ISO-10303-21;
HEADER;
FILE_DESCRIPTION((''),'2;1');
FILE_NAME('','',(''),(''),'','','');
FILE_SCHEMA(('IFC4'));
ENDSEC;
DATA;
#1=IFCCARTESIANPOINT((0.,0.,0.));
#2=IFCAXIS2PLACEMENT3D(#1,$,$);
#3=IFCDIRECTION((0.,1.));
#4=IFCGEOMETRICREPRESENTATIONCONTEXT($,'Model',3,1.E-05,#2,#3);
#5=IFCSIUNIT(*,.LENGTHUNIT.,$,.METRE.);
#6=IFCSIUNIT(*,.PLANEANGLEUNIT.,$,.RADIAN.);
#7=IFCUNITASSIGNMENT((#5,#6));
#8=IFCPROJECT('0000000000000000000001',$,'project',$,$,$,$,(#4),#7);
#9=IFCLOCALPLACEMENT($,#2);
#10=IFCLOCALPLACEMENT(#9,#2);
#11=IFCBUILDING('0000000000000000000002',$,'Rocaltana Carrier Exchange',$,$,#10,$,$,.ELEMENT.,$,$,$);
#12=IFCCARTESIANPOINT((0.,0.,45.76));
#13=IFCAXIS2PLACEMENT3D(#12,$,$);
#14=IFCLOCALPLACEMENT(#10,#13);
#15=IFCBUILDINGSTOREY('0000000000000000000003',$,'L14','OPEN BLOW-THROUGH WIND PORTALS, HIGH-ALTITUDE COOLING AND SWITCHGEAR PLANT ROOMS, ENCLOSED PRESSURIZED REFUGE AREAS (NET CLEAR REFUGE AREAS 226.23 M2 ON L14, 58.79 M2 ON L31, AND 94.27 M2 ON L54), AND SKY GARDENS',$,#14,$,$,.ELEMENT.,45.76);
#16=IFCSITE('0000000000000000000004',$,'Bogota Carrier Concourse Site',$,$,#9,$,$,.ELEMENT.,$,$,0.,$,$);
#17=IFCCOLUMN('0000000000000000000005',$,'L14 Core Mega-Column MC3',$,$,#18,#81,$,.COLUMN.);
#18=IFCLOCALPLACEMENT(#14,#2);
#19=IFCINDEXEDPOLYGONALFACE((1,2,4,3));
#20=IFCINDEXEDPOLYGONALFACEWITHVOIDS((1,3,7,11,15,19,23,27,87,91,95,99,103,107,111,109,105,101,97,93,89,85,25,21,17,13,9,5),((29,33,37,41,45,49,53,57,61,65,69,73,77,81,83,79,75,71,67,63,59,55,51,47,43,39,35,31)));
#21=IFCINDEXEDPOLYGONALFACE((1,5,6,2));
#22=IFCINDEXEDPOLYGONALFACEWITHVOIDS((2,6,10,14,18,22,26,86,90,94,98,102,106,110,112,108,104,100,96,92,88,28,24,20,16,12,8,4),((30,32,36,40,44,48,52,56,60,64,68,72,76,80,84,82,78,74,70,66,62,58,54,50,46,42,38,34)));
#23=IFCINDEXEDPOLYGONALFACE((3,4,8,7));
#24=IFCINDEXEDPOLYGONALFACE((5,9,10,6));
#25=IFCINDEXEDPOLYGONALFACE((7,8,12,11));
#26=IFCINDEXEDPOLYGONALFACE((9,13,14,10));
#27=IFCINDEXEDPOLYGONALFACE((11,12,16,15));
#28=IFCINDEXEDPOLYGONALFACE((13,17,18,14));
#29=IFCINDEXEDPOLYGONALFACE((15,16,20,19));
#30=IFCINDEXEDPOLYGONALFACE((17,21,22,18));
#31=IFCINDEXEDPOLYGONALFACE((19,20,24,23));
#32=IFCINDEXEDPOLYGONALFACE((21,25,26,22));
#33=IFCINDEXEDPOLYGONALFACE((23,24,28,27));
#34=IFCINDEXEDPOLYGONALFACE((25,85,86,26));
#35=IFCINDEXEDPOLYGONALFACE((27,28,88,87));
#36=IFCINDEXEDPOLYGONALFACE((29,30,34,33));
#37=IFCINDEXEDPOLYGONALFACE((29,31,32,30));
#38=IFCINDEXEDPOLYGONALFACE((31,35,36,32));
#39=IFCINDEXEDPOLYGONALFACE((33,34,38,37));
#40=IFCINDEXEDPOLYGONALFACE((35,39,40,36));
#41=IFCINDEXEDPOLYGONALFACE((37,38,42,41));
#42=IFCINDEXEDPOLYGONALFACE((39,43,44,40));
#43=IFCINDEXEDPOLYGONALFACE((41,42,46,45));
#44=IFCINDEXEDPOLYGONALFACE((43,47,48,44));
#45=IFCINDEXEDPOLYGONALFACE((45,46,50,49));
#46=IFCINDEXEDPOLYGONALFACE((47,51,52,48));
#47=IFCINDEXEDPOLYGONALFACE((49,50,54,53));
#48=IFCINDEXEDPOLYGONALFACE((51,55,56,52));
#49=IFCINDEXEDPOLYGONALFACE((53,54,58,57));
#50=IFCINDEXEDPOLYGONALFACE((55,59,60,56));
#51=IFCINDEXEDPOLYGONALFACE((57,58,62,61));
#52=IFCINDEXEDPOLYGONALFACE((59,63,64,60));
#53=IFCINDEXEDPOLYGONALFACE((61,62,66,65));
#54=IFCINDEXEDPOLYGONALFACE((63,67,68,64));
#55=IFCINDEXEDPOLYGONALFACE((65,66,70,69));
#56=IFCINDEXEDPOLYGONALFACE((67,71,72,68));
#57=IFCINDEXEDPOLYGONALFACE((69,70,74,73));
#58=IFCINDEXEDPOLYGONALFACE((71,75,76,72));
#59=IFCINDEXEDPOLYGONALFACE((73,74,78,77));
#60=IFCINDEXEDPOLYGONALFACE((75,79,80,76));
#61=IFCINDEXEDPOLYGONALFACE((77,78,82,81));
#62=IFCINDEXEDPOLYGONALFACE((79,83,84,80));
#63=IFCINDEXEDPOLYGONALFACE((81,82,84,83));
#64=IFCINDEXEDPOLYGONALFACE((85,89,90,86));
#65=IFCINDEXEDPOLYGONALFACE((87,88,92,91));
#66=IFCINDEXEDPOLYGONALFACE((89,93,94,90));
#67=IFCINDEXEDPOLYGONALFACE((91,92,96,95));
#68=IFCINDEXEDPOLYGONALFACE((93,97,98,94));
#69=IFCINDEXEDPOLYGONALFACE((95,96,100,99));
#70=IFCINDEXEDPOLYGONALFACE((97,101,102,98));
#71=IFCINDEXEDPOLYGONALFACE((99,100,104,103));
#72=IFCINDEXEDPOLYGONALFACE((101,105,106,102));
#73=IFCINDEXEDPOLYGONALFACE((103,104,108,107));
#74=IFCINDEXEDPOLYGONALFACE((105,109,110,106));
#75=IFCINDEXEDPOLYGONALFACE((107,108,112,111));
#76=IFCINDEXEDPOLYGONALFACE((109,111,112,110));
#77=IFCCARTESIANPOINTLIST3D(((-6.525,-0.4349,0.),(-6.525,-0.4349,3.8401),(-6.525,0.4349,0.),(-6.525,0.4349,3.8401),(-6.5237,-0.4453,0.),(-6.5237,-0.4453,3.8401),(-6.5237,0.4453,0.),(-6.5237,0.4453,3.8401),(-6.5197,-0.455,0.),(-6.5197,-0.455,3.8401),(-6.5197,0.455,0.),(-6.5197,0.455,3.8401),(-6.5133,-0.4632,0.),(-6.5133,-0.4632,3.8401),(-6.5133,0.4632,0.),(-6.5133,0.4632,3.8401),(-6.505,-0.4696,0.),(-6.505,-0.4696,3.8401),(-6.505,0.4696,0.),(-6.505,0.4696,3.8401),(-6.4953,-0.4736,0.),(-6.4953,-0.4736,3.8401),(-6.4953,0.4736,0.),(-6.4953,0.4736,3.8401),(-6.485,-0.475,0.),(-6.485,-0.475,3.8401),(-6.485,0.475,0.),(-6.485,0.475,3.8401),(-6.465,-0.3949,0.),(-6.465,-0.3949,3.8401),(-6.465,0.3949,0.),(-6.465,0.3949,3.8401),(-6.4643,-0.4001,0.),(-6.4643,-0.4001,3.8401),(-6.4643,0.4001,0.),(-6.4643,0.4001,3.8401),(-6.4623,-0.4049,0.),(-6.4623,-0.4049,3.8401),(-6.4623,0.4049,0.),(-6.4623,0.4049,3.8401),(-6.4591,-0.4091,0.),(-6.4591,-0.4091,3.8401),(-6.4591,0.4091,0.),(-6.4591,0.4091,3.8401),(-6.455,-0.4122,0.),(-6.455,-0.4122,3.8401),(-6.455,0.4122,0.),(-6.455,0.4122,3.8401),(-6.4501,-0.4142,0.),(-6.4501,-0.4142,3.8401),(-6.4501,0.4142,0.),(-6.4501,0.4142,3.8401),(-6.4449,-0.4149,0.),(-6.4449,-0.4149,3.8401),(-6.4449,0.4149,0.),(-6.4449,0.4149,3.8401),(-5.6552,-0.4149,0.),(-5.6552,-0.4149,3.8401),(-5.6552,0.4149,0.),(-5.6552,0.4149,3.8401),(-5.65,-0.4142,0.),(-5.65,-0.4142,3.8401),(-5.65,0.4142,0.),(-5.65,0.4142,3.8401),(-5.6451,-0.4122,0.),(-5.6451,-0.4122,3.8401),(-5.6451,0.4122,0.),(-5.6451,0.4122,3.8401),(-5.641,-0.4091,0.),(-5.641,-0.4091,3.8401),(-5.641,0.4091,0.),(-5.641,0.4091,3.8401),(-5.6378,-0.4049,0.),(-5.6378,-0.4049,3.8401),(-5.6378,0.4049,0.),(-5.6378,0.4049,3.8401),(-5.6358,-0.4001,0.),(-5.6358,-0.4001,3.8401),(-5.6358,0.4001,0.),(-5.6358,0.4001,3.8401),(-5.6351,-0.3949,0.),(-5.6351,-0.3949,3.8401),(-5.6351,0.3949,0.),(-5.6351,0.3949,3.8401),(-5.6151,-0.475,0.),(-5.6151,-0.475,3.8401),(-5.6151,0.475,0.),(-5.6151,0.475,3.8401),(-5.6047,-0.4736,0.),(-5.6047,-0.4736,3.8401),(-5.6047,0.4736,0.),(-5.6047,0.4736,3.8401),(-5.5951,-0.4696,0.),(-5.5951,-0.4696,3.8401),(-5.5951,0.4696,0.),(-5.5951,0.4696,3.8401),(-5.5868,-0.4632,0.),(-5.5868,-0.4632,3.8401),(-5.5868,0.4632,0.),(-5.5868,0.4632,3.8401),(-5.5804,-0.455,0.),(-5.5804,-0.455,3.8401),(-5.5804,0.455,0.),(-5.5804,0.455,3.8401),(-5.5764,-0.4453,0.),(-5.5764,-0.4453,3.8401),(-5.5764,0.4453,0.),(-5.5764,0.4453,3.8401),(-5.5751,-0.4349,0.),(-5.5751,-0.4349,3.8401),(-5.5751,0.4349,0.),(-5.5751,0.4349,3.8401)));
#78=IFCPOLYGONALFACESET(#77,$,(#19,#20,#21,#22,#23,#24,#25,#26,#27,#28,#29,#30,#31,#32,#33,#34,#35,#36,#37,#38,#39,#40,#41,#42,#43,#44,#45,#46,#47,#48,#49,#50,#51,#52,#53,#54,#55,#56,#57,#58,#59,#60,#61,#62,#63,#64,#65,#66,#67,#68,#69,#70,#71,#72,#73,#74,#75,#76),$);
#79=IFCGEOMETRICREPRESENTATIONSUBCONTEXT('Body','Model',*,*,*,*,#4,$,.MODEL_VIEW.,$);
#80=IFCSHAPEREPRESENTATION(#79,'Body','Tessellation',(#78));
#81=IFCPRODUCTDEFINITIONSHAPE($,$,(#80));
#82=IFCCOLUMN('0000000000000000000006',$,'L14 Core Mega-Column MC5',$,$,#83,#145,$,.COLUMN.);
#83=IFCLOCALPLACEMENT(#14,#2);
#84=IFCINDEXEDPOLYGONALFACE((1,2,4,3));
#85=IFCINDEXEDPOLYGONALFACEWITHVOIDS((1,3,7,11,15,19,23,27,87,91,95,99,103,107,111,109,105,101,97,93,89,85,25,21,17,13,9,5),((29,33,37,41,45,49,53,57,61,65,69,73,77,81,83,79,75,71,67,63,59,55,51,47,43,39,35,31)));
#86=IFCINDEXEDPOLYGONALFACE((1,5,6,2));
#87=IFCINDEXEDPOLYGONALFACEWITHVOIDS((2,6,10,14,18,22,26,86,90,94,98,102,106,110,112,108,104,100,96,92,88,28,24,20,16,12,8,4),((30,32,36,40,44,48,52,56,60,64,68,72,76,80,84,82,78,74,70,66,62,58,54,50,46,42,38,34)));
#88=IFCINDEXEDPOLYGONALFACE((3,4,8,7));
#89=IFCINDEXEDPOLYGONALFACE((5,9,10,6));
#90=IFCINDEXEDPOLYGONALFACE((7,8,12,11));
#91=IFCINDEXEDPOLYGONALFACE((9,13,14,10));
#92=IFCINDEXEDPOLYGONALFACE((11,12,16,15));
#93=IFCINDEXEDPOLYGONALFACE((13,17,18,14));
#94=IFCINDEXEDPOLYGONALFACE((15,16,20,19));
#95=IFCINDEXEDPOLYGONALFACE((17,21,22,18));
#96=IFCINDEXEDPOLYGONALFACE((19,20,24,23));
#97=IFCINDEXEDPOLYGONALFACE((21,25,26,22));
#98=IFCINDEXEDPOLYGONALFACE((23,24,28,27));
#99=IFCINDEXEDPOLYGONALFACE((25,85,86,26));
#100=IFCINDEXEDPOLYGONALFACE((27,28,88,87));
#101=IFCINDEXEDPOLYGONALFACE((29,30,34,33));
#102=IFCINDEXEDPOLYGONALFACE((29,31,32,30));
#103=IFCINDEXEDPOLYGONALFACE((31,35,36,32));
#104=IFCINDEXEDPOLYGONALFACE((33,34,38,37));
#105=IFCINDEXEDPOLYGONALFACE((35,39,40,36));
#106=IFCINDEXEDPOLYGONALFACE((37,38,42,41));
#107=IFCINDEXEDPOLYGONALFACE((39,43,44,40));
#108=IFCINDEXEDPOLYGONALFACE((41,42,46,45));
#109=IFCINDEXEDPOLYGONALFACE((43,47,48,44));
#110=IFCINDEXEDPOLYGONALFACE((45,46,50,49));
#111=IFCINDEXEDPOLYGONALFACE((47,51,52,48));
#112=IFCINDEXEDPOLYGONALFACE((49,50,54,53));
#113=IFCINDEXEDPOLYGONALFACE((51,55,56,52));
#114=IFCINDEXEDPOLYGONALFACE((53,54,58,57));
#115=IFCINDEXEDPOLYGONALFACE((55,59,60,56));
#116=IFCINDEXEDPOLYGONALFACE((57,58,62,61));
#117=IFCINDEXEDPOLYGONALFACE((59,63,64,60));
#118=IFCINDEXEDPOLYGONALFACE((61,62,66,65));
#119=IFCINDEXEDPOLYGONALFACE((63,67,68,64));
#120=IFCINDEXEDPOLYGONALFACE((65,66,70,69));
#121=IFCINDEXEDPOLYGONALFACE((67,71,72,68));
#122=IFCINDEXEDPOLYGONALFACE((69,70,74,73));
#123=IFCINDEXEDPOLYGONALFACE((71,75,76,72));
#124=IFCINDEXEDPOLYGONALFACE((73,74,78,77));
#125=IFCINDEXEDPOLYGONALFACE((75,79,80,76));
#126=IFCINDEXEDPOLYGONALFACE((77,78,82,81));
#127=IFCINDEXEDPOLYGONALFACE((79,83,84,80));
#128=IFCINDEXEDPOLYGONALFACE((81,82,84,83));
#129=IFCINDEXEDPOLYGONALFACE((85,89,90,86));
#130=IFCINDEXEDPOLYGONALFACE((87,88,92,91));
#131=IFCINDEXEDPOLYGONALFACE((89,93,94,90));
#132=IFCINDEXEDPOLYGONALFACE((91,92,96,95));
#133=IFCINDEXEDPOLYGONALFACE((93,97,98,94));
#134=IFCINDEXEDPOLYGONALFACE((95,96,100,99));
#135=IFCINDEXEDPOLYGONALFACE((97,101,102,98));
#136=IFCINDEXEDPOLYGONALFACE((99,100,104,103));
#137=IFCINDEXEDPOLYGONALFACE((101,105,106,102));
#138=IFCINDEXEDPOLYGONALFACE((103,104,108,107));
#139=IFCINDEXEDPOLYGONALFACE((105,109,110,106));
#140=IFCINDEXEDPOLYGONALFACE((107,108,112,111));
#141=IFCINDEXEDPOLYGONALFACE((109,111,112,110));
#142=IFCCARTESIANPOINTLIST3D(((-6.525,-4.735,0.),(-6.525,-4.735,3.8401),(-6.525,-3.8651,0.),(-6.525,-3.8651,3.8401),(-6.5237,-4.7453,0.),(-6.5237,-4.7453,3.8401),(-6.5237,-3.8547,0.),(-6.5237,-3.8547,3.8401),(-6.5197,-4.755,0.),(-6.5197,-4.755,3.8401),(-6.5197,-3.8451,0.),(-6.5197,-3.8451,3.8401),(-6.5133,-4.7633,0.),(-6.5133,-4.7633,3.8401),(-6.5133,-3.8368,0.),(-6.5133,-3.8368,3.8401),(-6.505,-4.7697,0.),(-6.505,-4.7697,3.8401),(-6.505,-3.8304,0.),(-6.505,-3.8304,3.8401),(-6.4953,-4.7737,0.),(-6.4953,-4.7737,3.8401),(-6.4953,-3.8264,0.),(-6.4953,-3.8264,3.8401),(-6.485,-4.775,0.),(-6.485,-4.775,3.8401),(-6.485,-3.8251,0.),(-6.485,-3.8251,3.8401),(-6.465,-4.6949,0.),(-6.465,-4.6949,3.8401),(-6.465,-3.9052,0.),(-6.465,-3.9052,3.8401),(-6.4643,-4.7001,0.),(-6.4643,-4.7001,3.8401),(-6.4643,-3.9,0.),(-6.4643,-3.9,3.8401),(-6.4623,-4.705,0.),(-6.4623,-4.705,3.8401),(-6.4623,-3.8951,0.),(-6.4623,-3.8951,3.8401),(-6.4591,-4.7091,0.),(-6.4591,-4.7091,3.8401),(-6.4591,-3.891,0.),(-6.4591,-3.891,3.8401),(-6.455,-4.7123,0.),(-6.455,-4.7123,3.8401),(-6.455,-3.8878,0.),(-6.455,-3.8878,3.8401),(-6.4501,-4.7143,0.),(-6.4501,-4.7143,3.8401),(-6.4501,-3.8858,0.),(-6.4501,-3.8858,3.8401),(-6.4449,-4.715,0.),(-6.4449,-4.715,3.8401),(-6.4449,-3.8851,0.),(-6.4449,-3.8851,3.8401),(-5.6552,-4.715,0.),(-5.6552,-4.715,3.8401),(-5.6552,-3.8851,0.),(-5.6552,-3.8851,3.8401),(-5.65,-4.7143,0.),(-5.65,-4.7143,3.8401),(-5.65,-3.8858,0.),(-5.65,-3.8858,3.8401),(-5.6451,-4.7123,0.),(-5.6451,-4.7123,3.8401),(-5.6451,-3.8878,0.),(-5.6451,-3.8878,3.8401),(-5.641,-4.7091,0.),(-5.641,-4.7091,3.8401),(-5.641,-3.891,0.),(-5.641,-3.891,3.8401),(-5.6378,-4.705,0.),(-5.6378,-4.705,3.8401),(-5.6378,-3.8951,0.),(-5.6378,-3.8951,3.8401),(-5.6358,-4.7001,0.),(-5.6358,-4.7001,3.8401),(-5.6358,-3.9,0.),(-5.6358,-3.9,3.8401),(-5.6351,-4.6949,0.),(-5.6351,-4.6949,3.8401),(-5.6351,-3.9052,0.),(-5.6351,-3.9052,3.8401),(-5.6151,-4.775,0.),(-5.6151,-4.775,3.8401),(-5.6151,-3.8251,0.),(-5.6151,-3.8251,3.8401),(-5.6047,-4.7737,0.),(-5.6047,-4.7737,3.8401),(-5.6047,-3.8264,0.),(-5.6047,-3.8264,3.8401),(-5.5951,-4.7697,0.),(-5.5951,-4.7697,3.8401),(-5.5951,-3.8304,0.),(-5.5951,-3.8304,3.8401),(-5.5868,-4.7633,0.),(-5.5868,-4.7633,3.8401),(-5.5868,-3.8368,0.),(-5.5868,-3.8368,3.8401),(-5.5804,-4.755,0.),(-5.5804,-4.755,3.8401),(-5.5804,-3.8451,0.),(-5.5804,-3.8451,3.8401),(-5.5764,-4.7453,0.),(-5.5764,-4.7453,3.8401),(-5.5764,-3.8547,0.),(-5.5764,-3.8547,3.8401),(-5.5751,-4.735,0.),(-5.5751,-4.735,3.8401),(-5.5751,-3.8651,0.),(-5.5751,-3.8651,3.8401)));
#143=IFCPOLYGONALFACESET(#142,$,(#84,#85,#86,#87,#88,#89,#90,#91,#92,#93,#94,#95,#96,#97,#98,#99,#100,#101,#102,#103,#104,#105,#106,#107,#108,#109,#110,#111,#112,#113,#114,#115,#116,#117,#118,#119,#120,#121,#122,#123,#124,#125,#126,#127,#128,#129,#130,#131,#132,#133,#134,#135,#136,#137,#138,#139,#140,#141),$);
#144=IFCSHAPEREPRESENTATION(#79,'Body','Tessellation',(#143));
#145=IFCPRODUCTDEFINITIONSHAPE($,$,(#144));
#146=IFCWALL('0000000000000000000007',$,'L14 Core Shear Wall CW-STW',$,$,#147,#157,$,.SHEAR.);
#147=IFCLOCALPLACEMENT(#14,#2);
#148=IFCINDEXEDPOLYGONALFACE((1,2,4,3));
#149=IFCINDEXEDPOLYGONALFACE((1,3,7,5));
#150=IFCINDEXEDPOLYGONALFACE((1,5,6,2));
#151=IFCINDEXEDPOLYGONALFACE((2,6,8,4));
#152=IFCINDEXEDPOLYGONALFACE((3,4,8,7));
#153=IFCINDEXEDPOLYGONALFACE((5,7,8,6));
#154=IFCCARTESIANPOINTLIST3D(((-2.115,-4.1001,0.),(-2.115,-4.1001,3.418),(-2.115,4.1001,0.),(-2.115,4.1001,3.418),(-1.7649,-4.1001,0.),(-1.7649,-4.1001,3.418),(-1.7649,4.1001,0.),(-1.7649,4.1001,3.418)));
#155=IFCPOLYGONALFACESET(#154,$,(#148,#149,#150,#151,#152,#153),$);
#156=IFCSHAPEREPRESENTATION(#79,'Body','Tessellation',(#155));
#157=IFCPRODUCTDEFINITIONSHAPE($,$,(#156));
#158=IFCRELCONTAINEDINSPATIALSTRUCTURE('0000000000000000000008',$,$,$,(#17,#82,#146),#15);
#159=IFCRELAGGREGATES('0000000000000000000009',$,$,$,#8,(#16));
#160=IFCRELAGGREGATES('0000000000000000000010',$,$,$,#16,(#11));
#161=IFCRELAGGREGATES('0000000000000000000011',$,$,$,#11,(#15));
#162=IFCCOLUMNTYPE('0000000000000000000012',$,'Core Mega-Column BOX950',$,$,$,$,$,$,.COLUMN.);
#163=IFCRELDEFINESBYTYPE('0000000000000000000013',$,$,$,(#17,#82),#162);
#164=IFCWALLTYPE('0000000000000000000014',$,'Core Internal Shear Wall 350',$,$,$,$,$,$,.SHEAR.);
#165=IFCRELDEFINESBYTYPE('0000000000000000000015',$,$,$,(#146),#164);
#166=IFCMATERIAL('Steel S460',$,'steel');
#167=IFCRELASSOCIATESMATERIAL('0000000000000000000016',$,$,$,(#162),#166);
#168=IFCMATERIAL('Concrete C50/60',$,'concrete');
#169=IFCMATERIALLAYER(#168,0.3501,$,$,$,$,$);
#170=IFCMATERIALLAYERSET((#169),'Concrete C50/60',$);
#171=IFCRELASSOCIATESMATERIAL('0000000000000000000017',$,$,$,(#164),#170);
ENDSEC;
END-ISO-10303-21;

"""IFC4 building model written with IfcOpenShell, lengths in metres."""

from ifc_helpers import new_model, si_unit, direction, frame, frame_2d, origin, origin_2d, place, context, subcontext, project, spatial, rectangle, hollow_rectangle, extrude, material, layer, layer_set, material_profile, profile_set, type_object, element, save


model = new_model("IFC4")

# Units and contexts
model_context = context("Model", 3, precision=1e-05, world=origin(), true_north=direction((0.0, 1.0)))
body_context = subcontext(model_context, "Body", "Model", "MODEL_VIEW")
ifc_project = project(units=[si_unit("LENGTHUNIT", "METRE"), si_unit("PLANEANGLEUNIT", "RADIAN")], contexts=[model_context])

# Site, building, storey
site_placement = place(None, origin())
site = spatial("IfcSite", under=ifc_project, at=site_placement, Name="Bogota Carrier Concourse Site", CompositionType="ELEMENT", RefElevation=0.0)
building_placement = place(site_placement, origin())
building = spatial("IfcBuilding", under=site, at=building_placement, Name="Rocaltana Carrier Exchange", CompositionType="ELEMENT")
storey_placement = place(building_placement, frame((0.0, 0.0, 45.76)))
storey = spatial("IfcBuildingStorey", under=building, at=storey_placement, Name="L14", Description="OPEN BLOW-THROUGH WIND PORTALS, HIGH-ALTITUDE COOLING AND SWITCHGEAR PLANT ROOMS, ENCLOSED PRESSURIZED REFUGE AREAS (NET CLEAR REFUGE AREAS 226.23 M2 ON L14, 58.79 M2 ON L31, AND 94.27 M2 ON L54), AND SKY GARDENS", CompositionType="ELEMENT", Elevation=45.76)

# Columns
ifc_material_1 = material(Name="Steel S460", Category="steel")
ifc_material_profile = material_profile(ifc_material_1, hollow_rectangle(XDim=0.95, YDim=0.95, WallThickness=0.0601, InnerFilletRadius=0.02, OuterFilletRadius=0.04, at=origin_2d()), Name="BOX950X950X60")
ifc_profile_set = profile_set([ifc_material_profile], Name="Steel S460")
column_type = type_object("IfcColumnType", Name="Core Mega-Column BOX950", PredefinedType="COLUMN", material=ifc_profile_set)
for number, where, z_axis, x_axis, name in (
    (1, (-6.05, 0.0, 0.0), (0.0, 0.0, 1.0), (1.0, 0.0, 0.0), "L14 Core Mega-Column MC3"),
    (2, (-6.05, -4.3, 0.0), (0.0, 0.0, 1.0), (1.0, 0.0, 0.0), "L14 Core Mega-Column MC5"),
):
    element("IfcColumn", number, at=place(storey_placement, frame(where, z_axis=z_axis, x_axis=x_axis)), inside=storey, type_object=column_type, Name=name, PredefinedType="COLUMN", context=body_context, shape_type="SweptSolid", body=[
        extrude(hollow_rectangle(XDim=0.95, YDim=0.95, WallThickness=0.0601, InnerFilletRadius=0.02, OuterFilletRadius=0.04, at=origin_2d()), origin(), (0.0, 0.0, 1.0), 3.8401),
    ])

# Wall
ifc_material_2 = material(Name="Concrete C50/60", Category="concrete")
ifc_layer_1 = layer(ifc_material_2, 0.3501)
ifc_layer_set_1 = layer_set([ifc_layer_1], Name="Concrete C50/60")
wall_type_1 = type_object("IfcWallType", Name="Core Internal Shear Wall 350", PredefinedType="SHEAR", material=ifc_layer_set_1)
wall_1_placement = place(storey_placement, frame((-1.9399, -4.1001, 0.0), z_axis=(0.0, 0.0, 1.0), x_axis=(0.0, 1.0, 0.0)))
element("IfcWall", 3, at=wall_1_placement, inside=storey, type_object=wall_type_1, Name="L14 Core Shear Wall CW-STW", PredefinedType="SHEAR", context=body_context, shape_type="SweptSolid", body=[
    extrude(rectangle(XDim=8.2002, YDim=0.3501, at=frame_2d((4.1001, 0.0))), origin(), (0.0, 0.0, 1.0), 3.418),
])

save(model, "model.ifc")
